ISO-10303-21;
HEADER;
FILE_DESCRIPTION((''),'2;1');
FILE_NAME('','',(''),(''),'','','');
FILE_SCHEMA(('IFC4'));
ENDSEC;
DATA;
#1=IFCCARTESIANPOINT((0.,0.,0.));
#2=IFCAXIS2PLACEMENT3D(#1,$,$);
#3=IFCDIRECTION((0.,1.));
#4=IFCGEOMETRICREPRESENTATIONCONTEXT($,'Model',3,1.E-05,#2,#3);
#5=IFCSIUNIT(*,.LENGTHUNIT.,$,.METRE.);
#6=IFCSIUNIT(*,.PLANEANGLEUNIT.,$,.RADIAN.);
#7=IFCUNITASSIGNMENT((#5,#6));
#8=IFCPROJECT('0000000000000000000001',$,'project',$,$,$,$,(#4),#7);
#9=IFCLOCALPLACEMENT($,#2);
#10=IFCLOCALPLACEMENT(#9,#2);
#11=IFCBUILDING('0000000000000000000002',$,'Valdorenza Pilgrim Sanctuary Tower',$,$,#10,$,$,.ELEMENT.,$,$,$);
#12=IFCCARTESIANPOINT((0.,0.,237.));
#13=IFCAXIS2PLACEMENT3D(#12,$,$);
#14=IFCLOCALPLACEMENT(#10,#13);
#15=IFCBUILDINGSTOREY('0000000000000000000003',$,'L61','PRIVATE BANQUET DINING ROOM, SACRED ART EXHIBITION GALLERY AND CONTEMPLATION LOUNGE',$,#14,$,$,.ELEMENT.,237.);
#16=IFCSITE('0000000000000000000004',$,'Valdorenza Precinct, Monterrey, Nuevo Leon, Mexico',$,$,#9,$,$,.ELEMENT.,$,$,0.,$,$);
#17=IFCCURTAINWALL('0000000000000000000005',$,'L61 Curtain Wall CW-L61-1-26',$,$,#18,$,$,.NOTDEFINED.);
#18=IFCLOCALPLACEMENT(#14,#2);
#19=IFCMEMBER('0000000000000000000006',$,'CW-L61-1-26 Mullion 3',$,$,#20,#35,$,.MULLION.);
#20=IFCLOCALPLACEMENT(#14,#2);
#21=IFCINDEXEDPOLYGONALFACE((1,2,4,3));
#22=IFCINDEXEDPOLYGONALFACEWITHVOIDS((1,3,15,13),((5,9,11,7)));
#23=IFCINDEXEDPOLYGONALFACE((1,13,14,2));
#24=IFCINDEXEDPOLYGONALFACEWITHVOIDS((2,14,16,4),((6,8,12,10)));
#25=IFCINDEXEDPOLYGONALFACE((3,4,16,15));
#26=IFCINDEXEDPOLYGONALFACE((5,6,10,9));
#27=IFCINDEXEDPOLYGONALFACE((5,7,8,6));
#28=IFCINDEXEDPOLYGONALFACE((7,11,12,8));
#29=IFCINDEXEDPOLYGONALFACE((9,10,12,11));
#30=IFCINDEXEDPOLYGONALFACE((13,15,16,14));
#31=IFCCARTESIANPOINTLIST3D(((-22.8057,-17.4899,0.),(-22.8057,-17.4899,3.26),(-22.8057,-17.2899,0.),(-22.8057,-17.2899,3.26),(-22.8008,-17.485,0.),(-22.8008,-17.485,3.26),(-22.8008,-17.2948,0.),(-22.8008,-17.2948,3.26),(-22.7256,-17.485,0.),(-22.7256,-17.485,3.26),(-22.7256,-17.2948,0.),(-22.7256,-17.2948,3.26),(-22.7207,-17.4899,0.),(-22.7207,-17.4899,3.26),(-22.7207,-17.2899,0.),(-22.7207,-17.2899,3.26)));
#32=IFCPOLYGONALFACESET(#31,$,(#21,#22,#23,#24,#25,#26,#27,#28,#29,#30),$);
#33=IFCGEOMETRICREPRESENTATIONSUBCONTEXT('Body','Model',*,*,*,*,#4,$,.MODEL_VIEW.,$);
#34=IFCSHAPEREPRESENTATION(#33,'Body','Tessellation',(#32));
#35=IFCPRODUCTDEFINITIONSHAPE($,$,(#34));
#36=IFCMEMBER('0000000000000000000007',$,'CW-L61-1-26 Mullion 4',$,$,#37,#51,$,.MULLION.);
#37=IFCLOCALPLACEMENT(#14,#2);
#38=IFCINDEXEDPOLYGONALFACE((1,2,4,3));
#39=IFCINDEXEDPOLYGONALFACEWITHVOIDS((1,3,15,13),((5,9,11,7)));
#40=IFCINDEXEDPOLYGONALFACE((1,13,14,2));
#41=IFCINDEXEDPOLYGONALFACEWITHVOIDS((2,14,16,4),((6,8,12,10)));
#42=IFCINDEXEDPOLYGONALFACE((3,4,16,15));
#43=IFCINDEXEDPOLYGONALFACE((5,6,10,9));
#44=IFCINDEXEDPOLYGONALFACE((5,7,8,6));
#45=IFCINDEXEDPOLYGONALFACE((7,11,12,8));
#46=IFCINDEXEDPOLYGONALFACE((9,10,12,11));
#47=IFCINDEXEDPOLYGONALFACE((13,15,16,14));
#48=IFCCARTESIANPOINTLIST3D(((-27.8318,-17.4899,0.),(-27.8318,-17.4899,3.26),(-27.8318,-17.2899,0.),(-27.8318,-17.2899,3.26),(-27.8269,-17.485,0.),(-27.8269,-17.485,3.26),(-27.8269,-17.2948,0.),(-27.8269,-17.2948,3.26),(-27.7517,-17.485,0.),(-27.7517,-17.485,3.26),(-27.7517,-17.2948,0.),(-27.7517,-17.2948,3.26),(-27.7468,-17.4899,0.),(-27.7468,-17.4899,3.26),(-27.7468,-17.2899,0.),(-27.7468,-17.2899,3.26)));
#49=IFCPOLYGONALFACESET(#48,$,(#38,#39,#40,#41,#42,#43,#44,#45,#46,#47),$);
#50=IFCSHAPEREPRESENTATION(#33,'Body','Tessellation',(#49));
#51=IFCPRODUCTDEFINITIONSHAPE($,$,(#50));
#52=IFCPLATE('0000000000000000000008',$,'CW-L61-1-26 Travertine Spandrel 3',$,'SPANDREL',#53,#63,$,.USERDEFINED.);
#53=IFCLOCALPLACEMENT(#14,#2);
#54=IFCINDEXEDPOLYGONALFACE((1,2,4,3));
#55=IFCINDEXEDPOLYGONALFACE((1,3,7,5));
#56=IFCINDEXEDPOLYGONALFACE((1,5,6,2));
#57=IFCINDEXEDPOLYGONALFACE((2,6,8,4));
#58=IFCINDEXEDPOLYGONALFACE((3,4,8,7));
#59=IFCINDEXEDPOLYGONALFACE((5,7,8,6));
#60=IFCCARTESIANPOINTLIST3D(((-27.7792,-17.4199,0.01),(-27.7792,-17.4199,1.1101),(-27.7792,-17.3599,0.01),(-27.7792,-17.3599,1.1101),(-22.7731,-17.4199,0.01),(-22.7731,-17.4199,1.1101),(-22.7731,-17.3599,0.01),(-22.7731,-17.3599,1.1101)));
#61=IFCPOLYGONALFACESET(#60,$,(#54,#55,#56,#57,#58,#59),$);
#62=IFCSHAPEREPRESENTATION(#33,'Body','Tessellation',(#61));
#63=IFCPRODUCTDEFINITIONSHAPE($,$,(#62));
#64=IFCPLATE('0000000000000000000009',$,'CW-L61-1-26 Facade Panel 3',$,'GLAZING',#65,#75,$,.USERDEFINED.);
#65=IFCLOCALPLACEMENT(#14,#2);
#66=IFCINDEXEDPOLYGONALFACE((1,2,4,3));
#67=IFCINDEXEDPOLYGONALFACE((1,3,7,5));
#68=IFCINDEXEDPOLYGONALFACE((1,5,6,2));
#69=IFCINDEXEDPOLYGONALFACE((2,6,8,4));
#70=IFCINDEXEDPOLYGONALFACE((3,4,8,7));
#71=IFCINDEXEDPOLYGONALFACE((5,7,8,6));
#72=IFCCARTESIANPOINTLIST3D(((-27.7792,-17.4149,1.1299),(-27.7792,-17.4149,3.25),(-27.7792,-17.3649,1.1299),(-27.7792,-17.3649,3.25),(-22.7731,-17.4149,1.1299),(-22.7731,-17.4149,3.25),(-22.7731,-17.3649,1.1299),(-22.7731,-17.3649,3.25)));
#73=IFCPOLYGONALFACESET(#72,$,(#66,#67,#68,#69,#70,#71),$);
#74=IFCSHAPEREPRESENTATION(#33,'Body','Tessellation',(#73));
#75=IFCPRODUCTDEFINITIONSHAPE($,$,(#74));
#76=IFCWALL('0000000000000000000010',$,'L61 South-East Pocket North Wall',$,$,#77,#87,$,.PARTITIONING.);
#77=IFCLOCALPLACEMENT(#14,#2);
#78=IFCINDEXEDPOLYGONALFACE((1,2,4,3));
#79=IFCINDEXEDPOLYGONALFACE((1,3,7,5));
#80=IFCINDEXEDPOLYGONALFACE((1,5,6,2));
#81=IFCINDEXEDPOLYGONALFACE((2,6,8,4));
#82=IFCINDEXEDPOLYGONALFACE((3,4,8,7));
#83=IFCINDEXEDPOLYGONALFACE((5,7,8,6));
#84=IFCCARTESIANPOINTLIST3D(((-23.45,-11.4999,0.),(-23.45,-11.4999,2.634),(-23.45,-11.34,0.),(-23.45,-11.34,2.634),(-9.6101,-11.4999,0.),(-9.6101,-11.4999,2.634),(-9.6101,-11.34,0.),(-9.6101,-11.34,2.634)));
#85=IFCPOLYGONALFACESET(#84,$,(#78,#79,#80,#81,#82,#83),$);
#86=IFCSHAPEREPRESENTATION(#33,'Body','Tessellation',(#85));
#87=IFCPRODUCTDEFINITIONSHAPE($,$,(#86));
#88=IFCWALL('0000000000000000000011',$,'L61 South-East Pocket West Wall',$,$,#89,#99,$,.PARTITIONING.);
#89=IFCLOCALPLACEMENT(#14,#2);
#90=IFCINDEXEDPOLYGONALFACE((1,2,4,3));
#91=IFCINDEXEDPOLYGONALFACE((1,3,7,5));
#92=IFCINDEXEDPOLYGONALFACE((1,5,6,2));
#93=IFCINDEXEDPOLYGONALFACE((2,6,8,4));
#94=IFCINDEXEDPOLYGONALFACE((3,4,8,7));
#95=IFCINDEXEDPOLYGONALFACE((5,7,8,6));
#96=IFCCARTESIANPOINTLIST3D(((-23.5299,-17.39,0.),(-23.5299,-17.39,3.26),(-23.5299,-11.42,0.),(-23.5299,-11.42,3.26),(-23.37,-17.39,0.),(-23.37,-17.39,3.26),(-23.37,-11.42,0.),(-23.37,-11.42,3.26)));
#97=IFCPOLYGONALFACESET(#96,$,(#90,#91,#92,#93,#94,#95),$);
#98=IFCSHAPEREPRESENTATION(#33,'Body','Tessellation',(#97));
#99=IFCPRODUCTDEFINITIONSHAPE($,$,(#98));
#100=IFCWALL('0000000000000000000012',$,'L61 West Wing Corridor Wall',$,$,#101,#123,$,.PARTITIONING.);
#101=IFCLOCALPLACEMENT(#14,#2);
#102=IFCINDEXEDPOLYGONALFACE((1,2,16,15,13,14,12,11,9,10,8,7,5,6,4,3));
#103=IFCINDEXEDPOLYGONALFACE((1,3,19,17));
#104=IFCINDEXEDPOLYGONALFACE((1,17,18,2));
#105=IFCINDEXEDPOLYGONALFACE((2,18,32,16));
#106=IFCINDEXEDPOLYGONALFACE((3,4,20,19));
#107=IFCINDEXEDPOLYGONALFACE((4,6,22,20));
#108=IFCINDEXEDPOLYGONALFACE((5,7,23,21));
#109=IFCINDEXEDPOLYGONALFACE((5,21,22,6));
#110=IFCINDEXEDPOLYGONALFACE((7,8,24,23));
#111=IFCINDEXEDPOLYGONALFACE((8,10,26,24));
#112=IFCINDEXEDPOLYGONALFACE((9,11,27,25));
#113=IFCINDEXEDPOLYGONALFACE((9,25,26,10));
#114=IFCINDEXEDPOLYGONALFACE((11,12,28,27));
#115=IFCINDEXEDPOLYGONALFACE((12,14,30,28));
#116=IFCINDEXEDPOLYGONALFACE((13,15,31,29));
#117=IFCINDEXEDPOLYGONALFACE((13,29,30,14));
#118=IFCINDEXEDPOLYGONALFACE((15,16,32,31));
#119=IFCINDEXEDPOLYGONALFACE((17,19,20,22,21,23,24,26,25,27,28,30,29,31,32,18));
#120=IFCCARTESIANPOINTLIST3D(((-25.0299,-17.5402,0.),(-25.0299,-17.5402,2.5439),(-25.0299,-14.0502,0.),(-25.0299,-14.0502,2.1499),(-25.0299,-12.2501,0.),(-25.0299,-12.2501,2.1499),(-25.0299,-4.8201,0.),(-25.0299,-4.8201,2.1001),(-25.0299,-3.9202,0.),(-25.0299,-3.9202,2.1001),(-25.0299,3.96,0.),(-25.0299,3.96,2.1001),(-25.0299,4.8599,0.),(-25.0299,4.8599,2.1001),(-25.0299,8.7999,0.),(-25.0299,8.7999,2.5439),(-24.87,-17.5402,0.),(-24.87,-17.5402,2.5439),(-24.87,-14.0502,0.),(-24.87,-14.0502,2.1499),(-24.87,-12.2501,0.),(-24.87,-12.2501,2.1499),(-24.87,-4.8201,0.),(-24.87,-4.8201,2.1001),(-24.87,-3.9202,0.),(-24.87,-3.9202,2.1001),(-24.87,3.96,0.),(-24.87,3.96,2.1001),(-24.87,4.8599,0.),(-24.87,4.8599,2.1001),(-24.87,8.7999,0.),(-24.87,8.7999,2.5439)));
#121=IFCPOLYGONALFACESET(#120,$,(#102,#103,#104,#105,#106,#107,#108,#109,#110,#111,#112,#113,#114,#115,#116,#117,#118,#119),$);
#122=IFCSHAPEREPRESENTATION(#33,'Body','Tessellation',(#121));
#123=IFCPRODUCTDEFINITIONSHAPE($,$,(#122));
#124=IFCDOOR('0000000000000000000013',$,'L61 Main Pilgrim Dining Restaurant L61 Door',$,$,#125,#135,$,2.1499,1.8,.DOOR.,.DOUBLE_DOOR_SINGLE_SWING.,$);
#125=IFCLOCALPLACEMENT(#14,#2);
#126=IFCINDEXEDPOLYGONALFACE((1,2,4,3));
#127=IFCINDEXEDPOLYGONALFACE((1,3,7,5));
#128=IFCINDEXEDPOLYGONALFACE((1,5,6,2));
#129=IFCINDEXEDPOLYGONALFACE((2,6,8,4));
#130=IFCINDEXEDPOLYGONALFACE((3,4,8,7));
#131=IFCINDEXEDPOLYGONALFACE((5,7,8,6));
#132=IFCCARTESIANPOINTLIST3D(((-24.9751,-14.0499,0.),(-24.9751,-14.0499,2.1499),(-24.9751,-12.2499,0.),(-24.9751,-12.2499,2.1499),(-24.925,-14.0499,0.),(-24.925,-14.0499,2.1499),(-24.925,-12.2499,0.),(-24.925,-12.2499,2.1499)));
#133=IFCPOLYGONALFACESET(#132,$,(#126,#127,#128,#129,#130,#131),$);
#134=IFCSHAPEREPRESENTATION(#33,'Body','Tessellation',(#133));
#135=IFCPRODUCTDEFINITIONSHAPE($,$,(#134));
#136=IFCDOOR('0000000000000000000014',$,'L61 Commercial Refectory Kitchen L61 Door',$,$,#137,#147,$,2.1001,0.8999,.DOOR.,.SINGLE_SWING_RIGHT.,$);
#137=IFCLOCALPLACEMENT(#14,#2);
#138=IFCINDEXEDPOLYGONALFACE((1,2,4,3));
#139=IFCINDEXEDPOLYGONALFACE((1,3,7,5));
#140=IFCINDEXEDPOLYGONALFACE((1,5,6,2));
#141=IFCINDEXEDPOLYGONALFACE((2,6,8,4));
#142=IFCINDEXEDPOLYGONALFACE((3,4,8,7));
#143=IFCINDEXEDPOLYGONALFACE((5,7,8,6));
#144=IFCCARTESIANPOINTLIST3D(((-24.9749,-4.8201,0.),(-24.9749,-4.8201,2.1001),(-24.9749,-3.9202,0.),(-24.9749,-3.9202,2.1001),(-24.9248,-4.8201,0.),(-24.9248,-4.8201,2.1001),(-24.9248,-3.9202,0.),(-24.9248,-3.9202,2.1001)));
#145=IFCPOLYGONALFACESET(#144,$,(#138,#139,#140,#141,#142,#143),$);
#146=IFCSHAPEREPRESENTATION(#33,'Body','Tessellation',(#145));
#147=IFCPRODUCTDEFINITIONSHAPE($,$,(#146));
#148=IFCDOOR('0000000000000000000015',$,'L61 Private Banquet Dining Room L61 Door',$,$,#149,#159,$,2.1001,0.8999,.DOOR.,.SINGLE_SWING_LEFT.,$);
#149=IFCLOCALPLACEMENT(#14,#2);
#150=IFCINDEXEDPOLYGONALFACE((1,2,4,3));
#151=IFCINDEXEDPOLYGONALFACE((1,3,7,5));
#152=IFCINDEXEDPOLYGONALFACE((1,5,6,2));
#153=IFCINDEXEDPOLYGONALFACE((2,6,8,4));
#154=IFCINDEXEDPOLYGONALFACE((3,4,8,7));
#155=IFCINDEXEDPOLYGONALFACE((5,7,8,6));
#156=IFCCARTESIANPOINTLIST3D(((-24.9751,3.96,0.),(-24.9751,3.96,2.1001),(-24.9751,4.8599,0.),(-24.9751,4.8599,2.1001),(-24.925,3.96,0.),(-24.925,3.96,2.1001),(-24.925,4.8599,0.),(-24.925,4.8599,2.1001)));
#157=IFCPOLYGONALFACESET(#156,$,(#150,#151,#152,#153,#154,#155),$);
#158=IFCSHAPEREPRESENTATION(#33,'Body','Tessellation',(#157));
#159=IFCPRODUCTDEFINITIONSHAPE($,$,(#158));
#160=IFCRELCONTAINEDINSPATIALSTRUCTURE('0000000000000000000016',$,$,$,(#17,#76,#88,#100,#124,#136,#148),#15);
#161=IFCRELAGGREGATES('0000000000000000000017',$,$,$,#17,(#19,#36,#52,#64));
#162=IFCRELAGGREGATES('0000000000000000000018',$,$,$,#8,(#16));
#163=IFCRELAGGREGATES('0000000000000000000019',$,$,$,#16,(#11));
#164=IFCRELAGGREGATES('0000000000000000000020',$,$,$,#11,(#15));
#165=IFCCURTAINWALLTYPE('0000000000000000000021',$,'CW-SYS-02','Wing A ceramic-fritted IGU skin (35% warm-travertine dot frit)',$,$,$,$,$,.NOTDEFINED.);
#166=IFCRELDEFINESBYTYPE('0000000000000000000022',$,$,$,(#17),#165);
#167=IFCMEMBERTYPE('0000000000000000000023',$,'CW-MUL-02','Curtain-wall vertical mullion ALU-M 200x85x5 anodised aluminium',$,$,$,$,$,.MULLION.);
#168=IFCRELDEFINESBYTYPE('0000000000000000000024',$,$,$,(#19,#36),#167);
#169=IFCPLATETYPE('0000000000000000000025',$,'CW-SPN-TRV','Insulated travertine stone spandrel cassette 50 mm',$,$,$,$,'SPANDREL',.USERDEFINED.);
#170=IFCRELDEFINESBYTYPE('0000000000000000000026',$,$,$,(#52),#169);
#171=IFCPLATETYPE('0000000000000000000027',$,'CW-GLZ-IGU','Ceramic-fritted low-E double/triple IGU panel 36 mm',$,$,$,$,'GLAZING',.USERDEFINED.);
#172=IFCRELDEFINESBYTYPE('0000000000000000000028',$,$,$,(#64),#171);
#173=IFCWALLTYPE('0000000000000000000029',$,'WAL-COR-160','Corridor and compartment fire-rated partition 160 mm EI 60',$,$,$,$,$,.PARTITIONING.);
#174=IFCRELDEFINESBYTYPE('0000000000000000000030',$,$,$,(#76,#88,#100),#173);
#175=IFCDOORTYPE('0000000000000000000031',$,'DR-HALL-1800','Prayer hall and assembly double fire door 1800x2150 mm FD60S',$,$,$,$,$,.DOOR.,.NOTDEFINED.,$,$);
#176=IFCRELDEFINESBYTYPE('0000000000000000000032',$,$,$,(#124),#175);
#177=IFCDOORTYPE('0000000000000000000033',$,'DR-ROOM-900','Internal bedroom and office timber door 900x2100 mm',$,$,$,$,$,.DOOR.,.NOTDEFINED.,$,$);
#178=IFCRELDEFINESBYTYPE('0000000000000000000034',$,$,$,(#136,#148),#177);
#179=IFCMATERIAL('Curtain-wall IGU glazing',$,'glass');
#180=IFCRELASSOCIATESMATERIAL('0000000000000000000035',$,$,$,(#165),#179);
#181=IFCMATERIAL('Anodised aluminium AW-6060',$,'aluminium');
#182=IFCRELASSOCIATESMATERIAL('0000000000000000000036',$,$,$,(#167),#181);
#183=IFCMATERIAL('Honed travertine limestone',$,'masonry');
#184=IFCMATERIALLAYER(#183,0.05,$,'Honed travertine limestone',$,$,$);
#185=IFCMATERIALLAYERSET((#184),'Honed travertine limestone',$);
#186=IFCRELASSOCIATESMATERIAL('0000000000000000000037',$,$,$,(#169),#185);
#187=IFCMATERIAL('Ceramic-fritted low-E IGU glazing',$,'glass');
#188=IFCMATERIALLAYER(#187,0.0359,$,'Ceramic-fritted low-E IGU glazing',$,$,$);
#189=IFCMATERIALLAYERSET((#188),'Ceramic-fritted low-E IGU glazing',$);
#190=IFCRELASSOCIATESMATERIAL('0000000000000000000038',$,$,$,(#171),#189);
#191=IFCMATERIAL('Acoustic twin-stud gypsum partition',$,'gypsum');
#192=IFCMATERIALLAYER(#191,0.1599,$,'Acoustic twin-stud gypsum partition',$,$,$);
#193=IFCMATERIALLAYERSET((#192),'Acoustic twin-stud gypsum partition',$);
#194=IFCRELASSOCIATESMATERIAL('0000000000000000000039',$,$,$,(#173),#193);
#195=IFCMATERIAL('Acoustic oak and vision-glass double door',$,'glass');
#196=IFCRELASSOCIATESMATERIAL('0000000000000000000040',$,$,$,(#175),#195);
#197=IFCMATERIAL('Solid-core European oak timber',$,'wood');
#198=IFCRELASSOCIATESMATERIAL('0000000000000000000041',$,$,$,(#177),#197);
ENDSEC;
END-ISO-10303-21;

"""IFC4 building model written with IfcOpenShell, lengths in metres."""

from ifc_helpers import new_model, si_unit, direction, frame, frame_2d, origin, origin_2d, place, context, subcontext, project, spatial, rectangle, hollow_rectangle, extrude, source, transform, mapped, material, layer, layer_set, material_profile, profile_set, type_object, element, fill, aggregate, save


model = new_model("IFC4")

# Units and contexts
model_context = context("Model", 3, precision=1e-05, world=origin(), true_north=direction((0.0, 1.0)))
body_context = subcontext(model_context, "Body", "Model", "MODEL_VIEW")
ifc_project = project(units=[si_unit("LENGTHUNIT", "METRE"), si_unit("PLANEANGLEUNIT", "RADIAN")], contexts=[model_context])

# Site, building, storey
site_placement = place(None, origin())
site = spatial("IfcSite", under=ifc_project, at=site_placement, Name="Valdorenza Precinct, Monterrey, Nuevo Leon, Mexico", CompositionType="ELEMENT", RefElevation=0.0)
building_placement = place(site_placement, origin())
building = spatial("IfcBuilding", under=site, at=building_placement, Name="Valdorenza Pilgrim Sanctuary Tower", CompositionType="ELEMENT")
storey_placement = place(building_placement, frame((0.0, 0.0, 237.0)))
storey = spatial("IfcBuildingStorey", under=building, at=storey_placement, Name="L61", Description="PRIVATE BANQUET DINING ROOM, SACRED ART EXHIBITION GALLERY AND CONTEMPLATION LOUNGE", CompositionType="ELEMENT", Elevation=237.0)

# Curtain wall, members, plates
ifc_material_1 = material(Name="Curtain-wall IGU glazing", Category="glass")
curtain_wall_type = type_object("IfcCurtainWallType", Name="CW-SYS-02", Description="Wing A ceramic-fritted IGU skin (35% warm-travertine dot frit)", PredefinedType="NOTDEFINED", material=ifc_material_1)
curtain_wall_placement = place(storey_placement, origin())
curtain_wall = element("IfcCurtainWall", 1, at=curtain_wall_placement, inside=storey, type_object=curtain_wall_type, Name="L61 Curtain Wall CW-L61-1-26", PredefinedType="NOTDEFINED")
ifc_material_2 = material(Name="Anodised aluminium AW-6060", Category="aluminium")
ifc_material_profile_1 = material_profile(ifc_material_2, hollow_rectangle(XDim=0.085, YDim=0.2, WallThickness=0.0049, at=origin_2d()), Name="ALU-M 200x85x5")
ifc_profile_set_1 = profile_set([ifc_material_profile_1], Name="Anodised aluminium AW-6060")
member_type = type_object("IfcMemberType", Name="CW-MUL-02", Description="Curtain-wall vertical mullion ALU-M 200x85x5 anodised aluminium", PredefinedType="MULLION", material=ifc_profile_set_1)
shared_shape_1 = source(origin(), body_context, "Body", "SweptSolid", [
    extrude(hollow_rectangle(XDim=0.085, YDim=0.2, WallThickness=0.0049, at=origin_2d()), origin(), (0.0, 0.0, 1.0), 3.26),
])
member_1_placement = place(storey_placement, frame((-22.7632, -17.3899, 0.0), z_axis=(0.0, 0.0, 1.0), x_axis=(-1.0, 0.0, 0.0)))
member_1 = element("IfcMember", 2, at=member_1_placement, type_object=member_type, Name="CW-L61-1-26 Mullion 3", PredefinedType="MULLION", context=body_context, shape_type="MappedRepresentation", body=[
    mapped(shared_shape_1, transform((0.0, 0.0, 0.0), x_axis=(1.0, 0.0, 0.0), y_axis=(0.0, 1.0, 0.0), z_axis=(0.0, 0.0, 1.0), scale=1.0)),
])
member_2_placement = place(storey_placement, frame((-27.7893, -17.3899, 0.0), z_axis=(0.0, 0.0, 1.0), x_axis=(-1.0, 0.0, 0.0)))
member_2 = element("IfcMember", 3, at=member_2_placement, type_object=member_type, Name="CW-L61-1-26 Mullion 4", PredefinedType="MULLION", context=body_context, shape_type="MappedRepresentation", body=[
    mapped(shared_shape_1, transform((0.0, 0.0, 0.0), x_axis=(1.0, 0.0, 0.0), y_axis=(0.0, 1.0, 0.0), z_axis=(0.0, 0.0, 1.0), scale=1.0)),
])
ifc_material_3 = material(Name="Honed travertine limestone", Category="masonry")
ifc_layer_1 = layer(ifc_material_3, 0.05, Name="Honed travertine limestone")
ifc_layer_set_1 = layer_set([ifc_layer_1], Name="Honed travertine limestone")
plate_type_1 = type_object("IfcPlateType", Name="CW-SPN-TRV", Description="Insulated travertine stone spandrel cassette 50 mm", ElementType="SPANDREL", PredefinedType="USERDEFINED", material=ifc_layer_set_1)
shared_shape_2 = source(origin(), body_context, "Body", "SweptSolid", [
    extrude(rectangle(XDim=5.0061, YDim=0.0601, at=origin_2d()), origin(), (0.0, 0.0, 1.0), 1.1001),
])
plate_1_placement = place(storey_placement, frame((-25.2761, -17.3899, 0.01), z_axis=(0.0, 0.0, 1.0), x_axis=(-1.0, 0.0, 0.0)))
plate_1 = element("IfcPlate", 4, at=plate_1_placement, type_object=plate_type_1, Name="CW-L61-1-26 Travertine Spandrel 3", ObjectType="SPANDREL", PredefinedType="USERDEFINED", context=body_context, shape_type="MappedRepresentation", body=[
    mapped(shared_shape_2, transform((0.0, 0.0, 0.0), x_axis=(1.0, 0.0, 0.0), y_axis=(0.0, 1.0, 0.0), z_axis=(0.0, 0.0, 1.0), scale=1.0)),
])
ifc_material_4 = material(Name="Ceramic-fritted low-E IGU glazing", Category="glass")
ifc_layer_2 = layer(ifc_material_4, 0.0359, Name="Ceramic-fritted low-E IGU glazing")
ifc_layer_set_2 = layer_set([ifc_layer_2], Name="Ceramic-fritted low-E IGU glazing")
plate_type_2 = type_object("IfcPlateType", Name="CW-GLZ-IGU", Description="Ceramic-fritted low-E double/triple IGU panel 36 mm", ElementType="GLAZING", PredefinedType="USERDEFINED", material=ifc_layer_set_2)
shared_shape_3 = source(origin(), body_context, "Body", "SweptSolid", [
    extrude(rectangle(XDim=5.0061, YDim=0.05, at=origin_2d()), origin(), (0.0, 0.0, 1.0), 2.1201),
])
plate_2_placement = place(storey_placement, frame((-25.2761, -17.3899, 1.1299), z_axis=(0.0, 0.0, 1.0), x_axis=(-1.0, 0.0, 0.0)))
plate_2 = element("IfcPlate", 5, at=plate_2_placement, type_object=plate_type_2, Name="CW-L61-1-26 Facade Panel 3", ObjectType="GLAZING", PredefinedType="USERDEFINED", context=body_context, shape_type="MappedRepresentation", body=[
    mapped(shared_shape_3, transform((0.0, 0.0, 0.0), x_axis=(1.0, 0.0, 0.0), y_axis=(0.0, 1.0, 0.0), z_axis=(0.0, 0.0, 1.0), scale=1.0)),
])
aggregate(curtain_wall, [member_1, member_2, plate_1, plate_2])

# Walls
ifc_material_5 = material(Name="Acoustic twin-stud gypsum partition", Category="gypsum")
ifc_layer_3 = layer(ifc_material_5, 0.1599, Name="Acoustic twin-stud gypsum partition")
ifc_layer_set_3 = layer_set([ifc_layer_3], Name="Acoustic twin-stud gypsum partition")
wall_type_1 = type_object("IfcWallType", Name="WAL-COR-160", Description="Corridor and compartment fire-rated partition 160 mm EI 60", PredefinedType="PARTITIONING", material=ifc_layer_set_3)
wall_1_placement = place(storey_placement, frame((-23.45, -11.4199, 0.0), z_axis=(0.0, 0.0, 1.0), x_axis=(1.0, 0.0, 0.0)))
element("IfcWall", 6, at=wall_1_placement, inside=storey, type_object=wall_type_1, Name="L61 South-East Pocket North Wall", PredefinedType="PARTITIONING", context=body_context, shape_type="SweptSolid", body=[
    extrude(rectangle(XDim=13.8398, YDim=0.1599, at=frame_2d((6.9199, 0.0))), origin(), (0.0, 0.0, 1.0), 2.634),
])
wall_2_placement = place(storey_placement, frame((-23.45, -17.3899, 0.0), z_axis=(0.0, 0.0, 1.0), x_axis=(0.0, 1.0, 0.0)))
element("IfcWall", 7, at=wall_2_placement, inside=storey, type_object=wall_type_1, Name="L61 South-East Pocket West Wall", PredefinedType="PARTITIONING", context=body_context, shape_type="SweptSolid", body=[
    extrude(rectangle(XDim=5.97, YDim=0.1599, at=frame_2d((2.9849, 0.0))), origin(), (0.0, 0.0, 1.0), 3.26),
])

# Wall, openings, doors
wall_3_placement = place(storey_placement, frame((-24.95, -17.54, 0.0), z_axis=(0.0, 0.0, 1.0), x_axis=(0.0, 1.0, 0.0)))
wall_3 = element("IfcWall", 8, at=wall_3_placement, inside=storey, type_object=wall_type_1, Name="L61 West Wing Corridor Wall", PredefinedType="PARTITIONING", context=body_context, shape_type="SweptSolid", body=[
    extrude(rectangle(XDim=26.3401, YDim=0.1599, at=frame_2d((13.1699, 0.0))), origin(), (0.0, 0.0, 1.0), 2.5439),
])
opening_1_placement = place(wall_3_placement, frame((3.49, 0.0, 0.0)))
opening_1 = element("IfcOpeningElement", 9, at=opening_1_placement, cuts=wall_3, PredefinedType="OPENING", context=body_context, shape_type="SweptSolid", body=[
    extrude(rectangle(XDim=1.8, YDim=2.1499, at=frame_2d((0.8999, 1.075))), frame((0.0, 0.0947, 0.0), z_axis=(0.0, -1.0, 0.0), x_axis=(1.0, 0.0, 0.0)), (0.0, 0.0, 1.0), 0.1897),
])
opening_2_placement = place(wall_3_placement, frame((12.72, 0.0, 0.0)))
opening_2 = element("IfcOpeningElement", 10, at=opening_2_placement, cuts=wall_3, PredefinedType="OPENING", context=body_context, shape_type="SweptSolid", body=[
    extrude(rectangle(XDim=0.8999, YDim=2.1001, at=frame_2d((0.45, 1.05))), frame((0.0, 0.0947, 0.0), z_axis=(0.0, -1.0, 0.0), x_axis=(1.0, 0.0, 0.0)), (0.0, 0.0, 1.0), 0.1897),
])
opening_3_placement = place(wall_3_placement, frame((21.5, 0.0, 0.0)))
opening_3 = element("IfcOpeningElement", 11, at=opening_3_placement, cuts=wall_3, PredefinedType="OPENING", context=body_context, shape_type="SweptSolid", body=[
    extrude(rectangle(XDim=0.8999, YDim=2.1001, at=frame_2d((0.45, 1.05))), frame((0.0, 0.0947, 0.0), z_axis=(0.0, -1.0, 0.0), x_axis=(1.0, 0.0, 0.0)), (0.0, 0.0, 1.0), 0.1897),
])
ifc_material_6 = material(Name="Acoustic oak and vision-glass double door", Category="glass")
door_type_1 = type_object("IfcDoorType", Name="DR-HALL-1800", Description="Prayer hall and assembly double fire door 1800x2150 mm FD60S", OperationType="NOTDEFINED", PredefinedType="DOOR", material=ifc_material_6)
door_1_placement = place(opening_1_placement, frame((1.8, 0.0, 0.0), z_axis=(0.0, 0.0, 1.0), x_axis=(-1.0, 0.0, 0.0)))
door_1 = element("IfcDoor", 12, at=door_1_placement, inside=storey, type_object=door_type_1, Name="L61 Main Pilgrim Dining Restaurant L61 Door", OperationType="DOUBLE_DOOR_SINGLE_SWING", OverallHeight=2.1499, OverallWidth=1.8, PredefinedType="DOOR", context=body_context, shape_type="SweptSolid", body=[
    extrude(rectangle(XDim=1.8, YDim=2.1499, at=frame_2d((0.8999, 1.075))), frame((0.0, 0.0249, 0.0), z_axis=(0.0, -1.0, 0.0), x_axis=(1.0, 0.0, 0.0)), (0.0, 0.0, 1.0), 0.05),
])
fill(opening_1, door_1)
ifc_material_7 = material(Name="Solid-core European oak timber", Category="wood")
door_type_2 = type_object("IfcDoorType", Name="DR-ROOM-900", Description="Internal bedroom and office timber door 900x2100 mm", OperationType="NOTDEFINED", PredefinedType="DOOR", material=ifc_material_7)
door_2_placement = place(opening_2_placement, origin())
door_2 = element("IfcDoor", 13, at=door_2_placement, inside=storey, type_object=door_type_2, Name="L61 Commercial Refectory Kitchen L61 Door", OperationType="SINGLE_SWING_RIGHT", OverallHeight=2.1001, OverallWidth=0.8999, PredefinedType="DOOR", context=body_context, shape_type="SweptSolid", body=[
    extrude(rectangle(XDim=0.8999, YDim=2.1001, at=frame_2d((0.45, 1.05))), frame((0.0, 0.0249, 0.0), z_axis=(0.0, -1.0, 0.0), x_axis=(1.0, 0.0, 0.0)), (0.0, 0.0, 1.0), 0.05),
])
fill(opening_2, door_2)
door_3_placement = place(opening_3_placement, frame((0.8999, 0.0, 0.0), z_axis=(0.0, 0.0, 1.0), x_axis=(-1.0, 0.0, 0.0)))
door_3 = element("IfcDoor", 14, at=door_3_placement, inside=storey, type_object=door_type_2, Name="L61 Private Banquet Dining Room L61 Door", OperationType="SINGLE_SWING_LEFT", OverallHeight=2.1001, OverallWidth=0.8999, PredefinedType="DOOR", context=body_context, shape_type="SweptSolid", body=[
    extrude(rectangle(XDim=0.8999, YDim=2.1001, at=frame_2d((0.45, 1.05))), frame((0.0, 0.0249, 0.0), z_axis=(0.0, -1.0, 0.0), x_axis=(1.0, 0.0, 0.0)), (0.0, 0.0, 1.0), 0.05),
])
fill(opening_3, door_3)

save(model, "model.ifc")
